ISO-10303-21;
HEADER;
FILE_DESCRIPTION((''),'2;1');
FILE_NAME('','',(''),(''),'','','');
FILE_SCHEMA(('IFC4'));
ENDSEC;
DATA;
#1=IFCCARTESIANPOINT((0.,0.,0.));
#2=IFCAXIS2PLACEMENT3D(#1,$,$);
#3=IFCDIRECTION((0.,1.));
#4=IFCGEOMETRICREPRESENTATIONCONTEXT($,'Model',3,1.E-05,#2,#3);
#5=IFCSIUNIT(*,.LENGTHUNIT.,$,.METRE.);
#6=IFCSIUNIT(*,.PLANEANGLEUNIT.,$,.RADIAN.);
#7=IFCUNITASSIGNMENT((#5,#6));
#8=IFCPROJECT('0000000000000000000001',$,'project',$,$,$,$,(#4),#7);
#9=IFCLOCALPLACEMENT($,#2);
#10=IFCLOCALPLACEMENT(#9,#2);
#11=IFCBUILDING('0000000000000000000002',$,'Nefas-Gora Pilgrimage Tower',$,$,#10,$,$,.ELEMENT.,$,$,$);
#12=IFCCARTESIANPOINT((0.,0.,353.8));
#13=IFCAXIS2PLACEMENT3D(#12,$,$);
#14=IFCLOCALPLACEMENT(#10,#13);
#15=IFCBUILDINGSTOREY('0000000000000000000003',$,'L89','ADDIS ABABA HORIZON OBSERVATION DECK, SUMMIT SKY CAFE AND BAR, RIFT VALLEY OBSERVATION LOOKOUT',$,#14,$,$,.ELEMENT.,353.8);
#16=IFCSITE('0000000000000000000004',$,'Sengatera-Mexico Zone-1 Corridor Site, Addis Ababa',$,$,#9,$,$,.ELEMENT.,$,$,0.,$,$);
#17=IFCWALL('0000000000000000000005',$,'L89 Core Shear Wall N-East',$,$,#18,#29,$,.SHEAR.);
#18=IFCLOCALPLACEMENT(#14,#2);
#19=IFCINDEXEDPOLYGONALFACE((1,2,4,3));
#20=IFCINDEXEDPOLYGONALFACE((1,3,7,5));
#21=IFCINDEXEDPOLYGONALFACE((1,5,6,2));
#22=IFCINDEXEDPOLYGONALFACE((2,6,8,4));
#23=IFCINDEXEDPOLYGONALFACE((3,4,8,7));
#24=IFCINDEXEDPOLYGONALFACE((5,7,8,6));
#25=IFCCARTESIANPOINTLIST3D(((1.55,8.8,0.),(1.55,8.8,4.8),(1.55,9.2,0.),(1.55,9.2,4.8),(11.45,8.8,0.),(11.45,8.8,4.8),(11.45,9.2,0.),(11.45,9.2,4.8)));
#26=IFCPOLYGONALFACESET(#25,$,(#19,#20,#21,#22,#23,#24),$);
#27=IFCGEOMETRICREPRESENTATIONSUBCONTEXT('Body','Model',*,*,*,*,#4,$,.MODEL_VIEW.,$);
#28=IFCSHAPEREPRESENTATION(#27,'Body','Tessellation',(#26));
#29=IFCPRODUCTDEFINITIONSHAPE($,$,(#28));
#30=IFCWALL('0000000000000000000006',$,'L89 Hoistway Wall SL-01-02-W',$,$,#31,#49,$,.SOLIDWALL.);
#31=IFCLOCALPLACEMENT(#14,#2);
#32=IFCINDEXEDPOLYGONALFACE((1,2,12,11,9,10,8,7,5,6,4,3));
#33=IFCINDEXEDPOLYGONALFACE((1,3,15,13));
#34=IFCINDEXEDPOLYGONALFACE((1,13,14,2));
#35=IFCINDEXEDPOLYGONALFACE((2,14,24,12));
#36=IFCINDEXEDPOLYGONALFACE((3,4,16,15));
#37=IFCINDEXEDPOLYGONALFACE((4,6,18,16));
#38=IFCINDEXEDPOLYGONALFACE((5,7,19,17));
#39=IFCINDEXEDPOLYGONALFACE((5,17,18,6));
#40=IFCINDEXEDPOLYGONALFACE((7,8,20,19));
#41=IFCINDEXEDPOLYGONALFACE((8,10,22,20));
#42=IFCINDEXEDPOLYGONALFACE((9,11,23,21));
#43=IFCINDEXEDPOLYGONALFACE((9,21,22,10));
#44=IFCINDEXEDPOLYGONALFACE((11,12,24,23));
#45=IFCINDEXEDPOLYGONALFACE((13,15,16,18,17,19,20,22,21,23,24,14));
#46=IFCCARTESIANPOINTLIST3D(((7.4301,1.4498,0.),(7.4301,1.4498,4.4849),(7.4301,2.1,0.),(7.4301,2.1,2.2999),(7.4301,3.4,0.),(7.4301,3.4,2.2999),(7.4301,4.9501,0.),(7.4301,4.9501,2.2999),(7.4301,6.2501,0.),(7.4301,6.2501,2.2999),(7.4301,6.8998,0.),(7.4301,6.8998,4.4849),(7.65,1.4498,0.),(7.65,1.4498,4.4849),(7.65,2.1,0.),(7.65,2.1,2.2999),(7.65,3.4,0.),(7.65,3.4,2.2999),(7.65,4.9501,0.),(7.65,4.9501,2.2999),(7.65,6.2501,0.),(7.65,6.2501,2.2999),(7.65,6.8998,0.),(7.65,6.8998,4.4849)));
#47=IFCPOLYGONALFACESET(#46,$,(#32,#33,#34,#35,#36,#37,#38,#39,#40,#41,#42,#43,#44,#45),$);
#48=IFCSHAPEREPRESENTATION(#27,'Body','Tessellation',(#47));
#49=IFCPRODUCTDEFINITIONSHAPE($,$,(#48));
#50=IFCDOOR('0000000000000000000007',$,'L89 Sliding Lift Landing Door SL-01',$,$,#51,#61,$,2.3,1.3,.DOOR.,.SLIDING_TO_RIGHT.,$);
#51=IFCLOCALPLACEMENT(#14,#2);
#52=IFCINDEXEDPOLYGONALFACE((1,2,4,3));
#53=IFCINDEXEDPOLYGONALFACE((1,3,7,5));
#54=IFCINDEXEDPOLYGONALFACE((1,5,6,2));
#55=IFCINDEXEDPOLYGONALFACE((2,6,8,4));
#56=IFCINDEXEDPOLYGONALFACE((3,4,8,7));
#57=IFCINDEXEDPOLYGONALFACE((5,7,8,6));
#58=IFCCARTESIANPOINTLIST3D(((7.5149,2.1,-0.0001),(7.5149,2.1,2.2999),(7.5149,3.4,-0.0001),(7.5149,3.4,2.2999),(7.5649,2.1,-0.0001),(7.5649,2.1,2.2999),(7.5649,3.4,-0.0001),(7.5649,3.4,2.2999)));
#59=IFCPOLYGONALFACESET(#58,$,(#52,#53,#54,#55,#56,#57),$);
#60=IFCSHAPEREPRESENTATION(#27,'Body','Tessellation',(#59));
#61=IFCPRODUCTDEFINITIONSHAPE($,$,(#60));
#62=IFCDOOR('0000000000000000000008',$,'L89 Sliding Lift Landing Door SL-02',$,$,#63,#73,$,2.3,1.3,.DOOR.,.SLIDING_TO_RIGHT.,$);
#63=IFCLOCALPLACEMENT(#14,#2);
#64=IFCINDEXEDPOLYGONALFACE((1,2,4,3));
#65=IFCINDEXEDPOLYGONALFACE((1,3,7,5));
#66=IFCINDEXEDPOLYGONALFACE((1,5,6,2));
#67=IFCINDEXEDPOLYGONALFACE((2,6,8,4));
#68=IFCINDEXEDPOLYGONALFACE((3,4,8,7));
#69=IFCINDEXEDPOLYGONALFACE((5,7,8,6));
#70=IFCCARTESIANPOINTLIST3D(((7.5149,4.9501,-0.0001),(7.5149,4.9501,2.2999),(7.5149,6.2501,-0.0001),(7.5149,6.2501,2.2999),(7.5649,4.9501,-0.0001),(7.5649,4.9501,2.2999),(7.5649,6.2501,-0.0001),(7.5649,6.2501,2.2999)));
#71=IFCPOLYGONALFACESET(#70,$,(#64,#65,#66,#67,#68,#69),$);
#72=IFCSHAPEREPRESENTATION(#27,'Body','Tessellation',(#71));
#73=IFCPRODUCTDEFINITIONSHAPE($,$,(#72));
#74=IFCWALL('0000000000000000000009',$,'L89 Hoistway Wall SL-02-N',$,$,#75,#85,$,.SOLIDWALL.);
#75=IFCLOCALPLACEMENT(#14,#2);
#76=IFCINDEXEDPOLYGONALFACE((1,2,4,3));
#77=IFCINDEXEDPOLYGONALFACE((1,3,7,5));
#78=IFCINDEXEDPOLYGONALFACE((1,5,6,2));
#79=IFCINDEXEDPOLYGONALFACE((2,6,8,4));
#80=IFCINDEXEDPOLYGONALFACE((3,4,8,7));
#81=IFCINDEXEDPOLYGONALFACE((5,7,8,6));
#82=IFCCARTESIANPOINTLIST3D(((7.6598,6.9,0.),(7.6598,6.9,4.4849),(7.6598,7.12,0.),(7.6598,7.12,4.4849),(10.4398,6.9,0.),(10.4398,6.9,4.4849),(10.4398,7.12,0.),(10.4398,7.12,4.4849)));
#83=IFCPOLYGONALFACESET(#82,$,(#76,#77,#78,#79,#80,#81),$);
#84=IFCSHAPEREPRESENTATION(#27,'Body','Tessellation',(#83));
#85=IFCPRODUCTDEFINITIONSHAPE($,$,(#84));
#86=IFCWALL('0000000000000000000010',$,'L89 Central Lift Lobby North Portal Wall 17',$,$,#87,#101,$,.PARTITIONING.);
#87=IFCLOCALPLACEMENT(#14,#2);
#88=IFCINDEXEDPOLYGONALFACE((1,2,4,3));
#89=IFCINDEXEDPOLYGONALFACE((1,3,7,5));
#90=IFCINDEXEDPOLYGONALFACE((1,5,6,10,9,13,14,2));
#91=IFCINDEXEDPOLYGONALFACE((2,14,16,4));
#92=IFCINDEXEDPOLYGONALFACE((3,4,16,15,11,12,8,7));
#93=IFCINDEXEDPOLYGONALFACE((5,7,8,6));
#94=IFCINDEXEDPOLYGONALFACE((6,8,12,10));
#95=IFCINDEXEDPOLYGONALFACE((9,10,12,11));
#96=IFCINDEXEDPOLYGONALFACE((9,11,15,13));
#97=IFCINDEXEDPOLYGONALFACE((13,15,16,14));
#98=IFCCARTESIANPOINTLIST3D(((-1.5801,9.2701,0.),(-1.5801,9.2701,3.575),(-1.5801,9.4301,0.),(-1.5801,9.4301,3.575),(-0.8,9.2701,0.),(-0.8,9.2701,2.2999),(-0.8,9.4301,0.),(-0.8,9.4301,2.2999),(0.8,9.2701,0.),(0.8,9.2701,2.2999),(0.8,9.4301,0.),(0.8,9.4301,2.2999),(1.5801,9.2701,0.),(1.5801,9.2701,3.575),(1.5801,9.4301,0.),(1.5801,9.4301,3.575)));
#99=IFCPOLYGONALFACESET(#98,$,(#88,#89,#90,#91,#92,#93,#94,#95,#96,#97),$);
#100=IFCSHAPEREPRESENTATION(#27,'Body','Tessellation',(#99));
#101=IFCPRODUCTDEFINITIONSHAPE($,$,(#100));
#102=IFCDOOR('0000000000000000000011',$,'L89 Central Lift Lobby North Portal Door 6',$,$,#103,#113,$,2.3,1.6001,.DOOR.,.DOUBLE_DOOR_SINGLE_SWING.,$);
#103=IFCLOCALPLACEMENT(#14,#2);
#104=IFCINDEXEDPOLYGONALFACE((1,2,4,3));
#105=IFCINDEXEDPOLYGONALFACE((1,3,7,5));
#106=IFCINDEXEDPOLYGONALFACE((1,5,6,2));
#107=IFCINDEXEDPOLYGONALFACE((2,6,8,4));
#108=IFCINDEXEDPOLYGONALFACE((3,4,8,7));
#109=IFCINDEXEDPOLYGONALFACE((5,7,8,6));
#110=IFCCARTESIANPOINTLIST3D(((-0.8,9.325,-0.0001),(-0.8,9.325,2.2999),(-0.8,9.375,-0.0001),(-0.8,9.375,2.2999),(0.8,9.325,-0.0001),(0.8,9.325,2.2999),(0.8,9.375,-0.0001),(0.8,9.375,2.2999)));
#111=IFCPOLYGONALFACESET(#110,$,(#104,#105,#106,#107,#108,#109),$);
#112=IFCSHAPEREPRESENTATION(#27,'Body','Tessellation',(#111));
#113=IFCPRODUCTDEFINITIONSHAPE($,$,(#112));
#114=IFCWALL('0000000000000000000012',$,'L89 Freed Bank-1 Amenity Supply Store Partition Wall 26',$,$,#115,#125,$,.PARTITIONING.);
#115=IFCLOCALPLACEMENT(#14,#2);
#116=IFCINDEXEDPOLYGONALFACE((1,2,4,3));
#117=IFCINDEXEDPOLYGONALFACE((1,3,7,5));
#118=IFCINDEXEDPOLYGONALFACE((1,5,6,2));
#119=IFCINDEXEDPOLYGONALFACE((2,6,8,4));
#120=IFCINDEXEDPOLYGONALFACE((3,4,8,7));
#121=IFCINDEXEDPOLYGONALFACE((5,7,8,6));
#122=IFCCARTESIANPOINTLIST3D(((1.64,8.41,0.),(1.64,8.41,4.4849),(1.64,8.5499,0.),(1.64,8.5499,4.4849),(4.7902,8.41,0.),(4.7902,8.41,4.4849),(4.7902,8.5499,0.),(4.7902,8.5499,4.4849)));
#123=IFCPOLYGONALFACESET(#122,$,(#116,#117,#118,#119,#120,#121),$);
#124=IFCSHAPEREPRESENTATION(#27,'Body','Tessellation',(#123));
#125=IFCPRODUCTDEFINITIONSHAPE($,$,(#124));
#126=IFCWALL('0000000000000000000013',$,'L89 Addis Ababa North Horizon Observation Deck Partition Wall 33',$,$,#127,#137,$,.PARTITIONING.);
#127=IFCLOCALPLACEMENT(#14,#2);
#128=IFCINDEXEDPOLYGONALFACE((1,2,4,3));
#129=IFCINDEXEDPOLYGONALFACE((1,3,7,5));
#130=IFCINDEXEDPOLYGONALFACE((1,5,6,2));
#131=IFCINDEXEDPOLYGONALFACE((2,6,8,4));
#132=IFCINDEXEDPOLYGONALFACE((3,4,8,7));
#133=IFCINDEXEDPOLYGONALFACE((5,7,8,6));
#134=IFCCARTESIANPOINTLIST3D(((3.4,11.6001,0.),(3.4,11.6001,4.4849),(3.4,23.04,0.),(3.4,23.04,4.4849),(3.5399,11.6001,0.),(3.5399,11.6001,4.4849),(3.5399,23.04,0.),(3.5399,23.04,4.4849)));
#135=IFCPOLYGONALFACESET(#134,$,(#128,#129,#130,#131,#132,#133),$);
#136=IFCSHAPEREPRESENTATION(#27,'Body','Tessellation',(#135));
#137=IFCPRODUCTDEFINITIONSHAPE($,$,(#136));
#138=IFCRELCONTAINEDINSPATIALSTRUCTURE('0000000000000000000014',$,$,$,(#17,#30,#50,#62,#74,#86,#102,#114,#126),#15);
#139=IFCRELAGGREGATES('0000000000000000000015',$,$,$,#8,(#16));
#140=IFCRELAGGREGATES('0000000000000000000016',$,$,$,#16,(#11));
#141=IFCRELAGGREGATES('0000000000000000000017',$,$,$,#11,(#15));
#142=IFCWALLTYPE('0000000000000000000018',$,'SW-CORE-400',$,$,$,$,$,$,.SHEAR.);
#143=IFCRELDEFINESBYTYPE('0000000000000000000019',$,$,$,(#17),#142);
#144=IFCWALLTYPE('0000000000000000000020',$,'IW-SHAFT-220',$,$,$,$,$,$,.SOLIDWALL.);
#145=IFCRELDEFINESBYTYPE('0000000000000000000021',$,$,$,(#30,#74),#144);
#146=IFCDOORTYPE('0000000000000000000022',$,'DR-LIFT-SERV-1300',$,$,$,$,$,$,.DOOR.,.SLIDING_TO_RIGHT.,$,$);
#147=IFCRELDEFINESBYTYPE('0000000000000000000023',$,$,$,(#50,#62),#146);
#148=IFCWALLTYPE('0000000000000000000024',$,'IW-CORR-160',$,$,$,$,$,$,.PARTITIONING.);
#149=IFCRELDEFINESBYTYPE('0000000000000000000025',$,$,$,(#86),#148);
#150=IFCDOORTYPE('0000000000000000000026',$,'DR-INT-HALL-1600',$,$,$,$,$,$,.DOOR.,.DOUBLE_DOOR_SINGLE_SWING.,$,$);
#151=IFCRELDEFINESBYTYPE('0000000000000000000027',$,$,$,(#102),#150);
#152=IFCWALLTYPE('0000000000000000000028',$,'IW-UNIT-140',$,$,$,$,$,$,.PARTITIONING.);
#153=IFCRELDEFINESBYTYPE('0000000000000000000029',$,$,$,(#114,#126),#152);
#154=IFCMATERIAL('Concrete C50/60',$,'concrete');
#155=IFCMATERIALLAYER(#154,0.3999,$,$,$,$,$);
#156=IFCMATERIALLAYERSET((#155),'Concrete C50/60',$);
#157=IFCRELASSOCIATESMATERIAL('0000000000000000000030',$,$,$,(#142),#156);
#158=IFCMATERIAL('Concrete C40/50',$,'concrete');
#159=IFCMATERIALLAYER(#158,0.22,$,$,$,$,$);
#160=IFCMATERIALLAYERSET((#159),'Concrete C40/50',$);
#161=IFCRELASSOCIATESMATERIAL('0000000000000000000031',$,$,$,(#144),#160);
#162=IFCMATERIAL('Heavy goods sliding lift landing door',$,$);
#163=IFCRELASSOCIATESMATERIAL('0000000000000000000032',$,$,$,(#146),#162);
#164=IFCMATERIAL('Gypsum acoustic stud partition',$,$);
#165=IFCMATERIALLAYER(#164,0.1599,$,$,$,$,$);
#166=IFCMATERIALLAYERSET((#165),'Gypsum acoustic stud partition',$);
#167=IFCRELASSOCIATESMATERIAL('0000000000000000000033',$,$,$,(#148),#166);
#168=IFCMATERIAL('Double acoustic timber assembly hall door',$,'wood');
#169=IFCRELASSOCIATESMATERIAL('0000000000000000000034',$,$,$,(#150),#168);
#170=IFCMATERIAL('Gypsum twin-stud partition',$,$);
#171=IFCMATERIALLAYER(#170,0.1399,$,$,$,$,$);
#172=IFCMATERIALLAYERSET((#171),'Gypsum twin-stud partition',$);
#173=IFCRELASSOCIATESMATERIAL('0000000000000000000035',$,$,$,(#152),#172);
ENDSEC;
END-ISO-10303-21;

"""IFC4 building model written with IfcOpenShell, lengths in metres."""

from ifc_helpers import new_model, si_unit, direction, frame, frame_2d, origin, place, context, subcontext, project, spatial, rectangle, extrude, source, transform, mapped, material, layer, layer_set, type_object, element, fill, save


model = new_model("IFC4")

# Units and contexts
model_context = context("Model", 3, precision=1e-05, world=origin(), true_north=direction((0.0, 1.0)))
body_context = subcontext(model_context, "Body", "Model", "MODEL_VIEW")
ifc_project = project(units=[si_unit("LENGTHUNIT", "METRE"), si_unit("PLANEANGLEUNIT", "RADIAN")], contexts=[model_context])

# Site, building, storey
site_placement = place(None, origin())
site = spatial("IfcSite", under=ifc_project, at=site_placement, Name="Sengatera-Mexico Zone-1 Corridor Site, Addis Ababa", CompositionType="ELEMENT", RefElevation=0.0)
building_placement = place(site_placement, origin())
building = spatial("IfcBuilding", under=site, at=building_placement, Name="Nefas-Gora Pilgrimage Tower", CompositionType="ELEMENT")
storey_placement = place(building_placement, frame((0.0, 0.0, 353.8)))
storey = spatial("IfcBuildingStorey", under=building, at=storey_placement, Name="L89", Description="ADDIS ABABA HORIZON OBSERVATION DECK, SUMMIT SKY CAFE AND BAR, RIFT VALLEY OBSERVATION LOOKOUT", CompositionType="ELEMENT", Elevation=353.8)

# Shared definitions
ifc_material_1 = material(Name="Concrete C50/60", Category="concrete")

# Wall
ifc_layer_1 = layer(ifc_material_1, 0.3999)
ifc_layer_set_1 = layer_set([ifc_layer_1], Name="Concrete C50/60")
wall_type_1 = type_object("IfcWallType", Name="SW-CORE-400", PredefinedType="SHEAR", material=ifc_layer_set_1)
shared_shape_1 = source(origin(), body_context, "Body", "SweptSolid", [
    extrude(rectangle(XDim=9.8999, YDim=0.3999, at=frame_2d((4.95, 0.0))), origin(), (0.0, 0.0, 1.0), 4.8),
])
wall_1_placement = place(storey_placement, frame((1.55, 9.0, 0.0), z_axis=(0.0, 0.0, 1.0), x_axis=(1.0, 0.0, 0.0)))
element("IfcWall", 1, at=wall_1_placement, inside=storey, type_object=wall_type_1, Name="L89 Core Shear Wall N-East", PredefinedType="SHEAR", context=body_context, shape_type="MappedRepresentation", body=[
    mapped(shared_shape_1, transform((0.0, 0.0, 0.0), x_axis=(1.0, 0.0, 0.0), y_axis=(0.0, 1.0, 0.0), z_axis=(0.0, 0.0, 1.0), scale=1.0)),
])

# Wall, openings, doors
ifc_material_2 = material(Name="Concrete C40/50", Category="concrete")
ifc_layer_2 = layer(ifc_material_2, 0.22)
ifc_layer_set_2 = layer_set([ifc_layer_2], Name="Concrete C40/50")
wall_type_2 = type_object("IfcWallType", Name="IW-SHAFT-220", PredefinedType="SOLIDWALL", material=ifc_layer_set_2)
shared_shape_2 = source(origin(), body_context, "Body", "SweptSolid", [
    extrude(rectangle(XDim=5.45, YDim=0.22, at=frame_2d((2.7251, 0.0))), origin(), (0.0, 0.0, 1.0), 4.4849),
])
wall_2_placement = place(storey_placement, frame((7.54, 6.8999, 0.0), z_axis=(0.0, 0.0, 1.0), x_axis=(0.0, -1.0, 0.0)))
wall_2 = element("IfcWall", 2, at=wall_2_placement, inside=storey, type_object=wall_type_2, Name="L89 Hoistway Wall SL-01-02-W", PredefinedType="SOLIDWALL", context=body_context, shape_type="MappedRepresentation", body=[
    mapped(shared_shape_2, transform((0.0, 0.0, 0.0), x_axis=(1.0, 0.0, 0.0), y_axis=(0.0, 1.0, 0.0), z_axis=(0.0, 0.0, 1.0), scale=1.0)),
])
opening_1_placement = place(wall_2_placement, frame((3.5, 0.0, 0.0)))
opening_1 = element("IfcOpeningElement", 3, at=opening_1_placement, cuts=wall_2, PredefinedType="OPENING", context=body_context, shape_type="SweptSolid", body=[
    extrude(rectangle(XDim=1.3, YDim=2.3, at=frame_2d((0.6499, 1.1499))), frame((0.0, 0.1199, 0.0), z_axis=(0.0, -1.0, 0.0), x_axis=(1.0, 0.0, 0.0)), (0.0, 0.0, 1.0), 0.24),
])
opening_2_placement = place(wall_2_placement, frame((0.6499, 0.0, 0.0)))
opening_2 = element("IfcOpeningElement", 4, at=opening_2_placement, cuts=wall_2, PredefinedType="OPENING", context=body_context, shape_type="SweptSolid", body=[
    extrude(rectangle(XDim=1.3, YDim=2.3, at=frame_2d((0.6499, 1.1499))), frame((0.0, 0.1199, 0.0), z_axis=(0.0, -1.0, 0.0), x_axis=(1.0, 0.0, 0.0)), (0.0, 0.0, 1.0), 0.24),
])
ifc_material_3 = material(Name="Heavy goods sliding lift landing door")
door_type_1 = type_object("IfcDoorType", Name="DR-LIFT-SERV-1300", OperationType="SLIDING_TO_RIGHT", PredefinedType="DOOR", material=ifc_material_3)
shared_shape_3 = source(origin(), body_context, "Body", "SweptSolid", [
    extrude(rectangle(XDim=1.3, YDim=2.3, at=frame_2d((0.6499, 1.1499))), frame((0.0, 0.0249, 0.0), z_axis=(0.0, -1.0, 0.0), x_axis=(1.0, 0.0, 0.0)), (0.0, 0.0, 1.0), 0.05),
])
door_1_placement = place(opening_1_placement, origin())
door_1 = element("IfcDoor", 5, at=door_1_placement, inside=storey, type_object=door_type_1, Name="L89 Sliding Lift Landing Door SL-01", OperationType="SLIDING_TO_RIGHT", OverallHeight=2.3, OverallWidth=1.3, PredefinedType="DOOR", context=body_context, shape_type="MappedRepresentation", body=[
    mapped(shared_shape_3, transform((0.0, 0.0, 0.0), x_axis=(1.0, 0.0, 0.0), y_axis=(0.0, 1.0, 0.0), z_axis=(0.0, 0.0, 1.0), scale=1.0)),
])
fill(opening_1, door_1)
door_2_placement = place(opening_2_placement, origin())
door_2 = element("IfcDoor", 6, at=door_2_placement, inside=storey, type_object=door_type_1, Name="L89 Sliding Lift Landing Door SL-02", OperationType="SLIDING_TO_RIGHT", OverallHeight=2.3, OverallWidth=1.3, PredefinedType="DOOR", context=body_context, shape_type="MappedRepresentation", body=[
    mapped(shared_shape_3, transform((0.0, 0.0, 0.0), x_axis=(1.0, 0.0, 0.0), y_axis=(0.0, 1.0, 0.0), z_axis=(0.0, 0.0, 1.0), scale=1.0)),
])
fill(opening_2, door_2)

# Wall
shared_shape_4 = source(origin(), body_context, "Body", "SweptSolid", [
    extrude(rectangle(XDim=2.78, YDim=0.22, at=frame_2d((1.3901, 0.0))), origin(), (0.0, 0.0, 1.0), 4.4849),
])
wall_3_placement = place(storey_placement, frame((10.4399, 7.01, 0.0), z_axis=(0.0, 0.0, 1.0), x_axis=(-1.0, 0.0, 0.0)))
element("IfcWall", 7, at=wall_3_placement, inside=storey, type_object=wall_type_2, Name="L89 Hoistway Wall SL-02-N", PredefinedType="SOLIDWALL", context=body_context, shape_type="MappedRepresentation", body=[
    mapped(shared_shape_4, transform((0.0, 0.0, 0.0), x_axis=(1.0, 0.0, 0.0), y_axis=(0.0, 1.0, 0.0), z_axis=(0.0, 0.0, 1.0), scale=1.0)),
])

# Wall, opening, door
ifc_material_4 = material(Name="Gypsum acoustic stud partition")
ifc_layer_3 = layer(ifc_material_4, 0.1599)
ifc_layer_set_3 = layer_set([ifc_layer_3], Name="Gypsum acoustic stud partition")
wall_type_3 = type_object("IfcWallType", Name="IW-CORR-160", PredefinedType="PARTITIONING", material=ifc_layer_set_3)
shared_shape_5 = source(origin(), body_context, "Body", "SweptSolid", [
    extrude(rectangle(XDim=3.1602, YDim=0.1599, at=frame_2d((1.5801, 0.0))), origin(), (0.0, 0.0, 1.0), 3.575),
])
wall_4_placement = place(storey_placement, frame((-1.5801, 9.3501, 0.0), z_axis=(0.0, 0.0, 1.0), x_axis=(1.0, 0.0, 0.0)))
wall_4 = element("IfcWall", 8, at=wall_4_placement, inside=storey, type_object=wall_type_3, Name="L89 Central Lift Lobby North Portal Wall 17", PredefinedType="PARTITIONING", context=body_context, shape_type="MappedRepresentation", body=[
    mapped(shared_shape_5, transform((0.0, 0.0, 0.0), x_axis=(1.0, 0.0, 0.0), y_axis=(0.0, 1.0, 0.0), z_axis=(0.0, 0.0, 1.0), scale=1.0)),
])
opening_3_placement = place(wall_4_placement, frame((0.78, 0.0, 0.0)))
opening_3 = element("IfcOpeningElement", 9, at=opening_3_placement, cuts=wall_4, PredefinedType="OPENING", context=body_context, shape_type="SweptSolid", body=[
    extrude(rectangle(XDim=1.6001, YDim=2.3, at=frame_2d((0.8, 1.1499))), frame((0.0, 0.0898, 0.0), z_axis=(0.0, -1.0, 0.0), x_axis=(1.0, 0.0, 0.0)), (0.0, 0.0, 1.0), 0.1799),
])
ifc_material_5 = material(Name="Double acoustic timber assembly hall door", Category="wood")
door_type_2 = type_object("IfcDoorType", Name="DR-INT-HALL-1600", OperationType="DOUBLE_DOOR_SINGLE_SWING", PredefinedType="DOOR", material=ifc_material_5)
shared_shape_6 = source(origin(), body_context, "Body", "SweptSolid", [
    extrude(rectangle(XDim=1.6001, YDim=2.3, at=frame_2d((0.8, 1.1499))), frame((0.0, 0.0249, 0.0), z_axis=(0.0, -1.0, 0.0), x_axis=(1.0, 0.0, 0.0)), (0.0, 0.0, 1.0), 0.05),
])
door_3_placement = place(opening_3_placement, origin())
door_3 = element("IfcDoor", 10, at=door_3_placement, inside=storey, type_object=door_type_2, Name="L89 Central Lift Lobby North Portal Door 6", OperationType="DOUBLE_DOOR_SINGLE_SWING", OverallHeight=2.3, OverallWidth=1.6001, PredefinedType="DOOR", context=body_context, shape_type="MappedRepresentation", body=[
    mapped(shared_shape_6, transform((0.0, 0.0, 0.0), x_axis=(1.0, 0.0, 0.0), y_axis=(0.0, 1.0, 0.0), z_axis=(0.0, 0.0, 1.0), scale=1.0)),
])
fill(opening_3, door_3)

# Walls
ifc_material_6 = material(Name="Gypsum twin-stud partition")
ifc_layer_4 = layer(ifc_material_6, 0.1399)
ifc_layer_set_4 = layer_set([ifc_layer_4], Name="Gypsum twin-stud partition")
wall_type_4 = type_object("IfcWallType", Name="IW-UNIT-140", PredefinedType="PARTITIONING", material=ifc_layer_set_4)
shared_shape_7 = source(origin(), body_context, "Body", "SweptSolid", [
    extrude(rectangle(XDim=3.1501, YDim=0.1399, at=frame_2d((1.5752, 0.0))), origin(), (0.0, 0.0, 1.0), 4.4849),
])
wall_5_placement = place(storey_placement, frame((1.6399, 8.48, 0.0), z_axis=(0.0, 0.0, 1.0), x_axis=(1.0, 0.0, 0.0)))
element("IfcWall", 11, at=wall_5_placement, inside=storey, type_object=wall_type_4, Name="L89 Freed Bank-1 Amenity Supply Store Partition Wall 26", PredefinedType="PARTITIONING", context=body_context, shape_type="MappedRepresentation", body=[
    mapped(shared_shape_7, transform((0.0, 0.0, 0.0), x_axis=(1.0, 0.0, 0.0), y_axis=(0.0, 1.0, 0.0), z_axis=(0.0, 0.0, 1.0), scale=1.0)),
])
shared_shape_8 = source(origin(), body_context, "Body", "SweptSolid", [
    extrude(rectangle(XDim=11.4399, YDim=0.1399, at=frame_2d((5.72, 0.0))), origin(), (0.0, 0.0, 1.0), 4.4849),
])
wall_6_placement = place(storey_placement, frame((3.47, 11.6001, 0.0), z_axis=(0.0, 0.0, 1.0), x_axis=(0.0, 1.0, 0.0)))
element("IfcWall", 12, at=wall_6_placement, inside=storey, type_object=wall_type_4, Name="L89 Addis Ababa North Horizon Observation Deck Partition Wall 33", PredefinedType="PARTITIONING", context=body_context, shape_type="MappedRepresentation", body=[
    mapped(shared_shape_8, transform((0.0, 0.0, 0.0), x_axis=(1.0, 0.0, 0.0), y_axis=(0.0, 1.0, 0.0), z_axis=(0.0, 0.0, 1.0), scale=1.0)),
])

save(model, "model.ifc")
